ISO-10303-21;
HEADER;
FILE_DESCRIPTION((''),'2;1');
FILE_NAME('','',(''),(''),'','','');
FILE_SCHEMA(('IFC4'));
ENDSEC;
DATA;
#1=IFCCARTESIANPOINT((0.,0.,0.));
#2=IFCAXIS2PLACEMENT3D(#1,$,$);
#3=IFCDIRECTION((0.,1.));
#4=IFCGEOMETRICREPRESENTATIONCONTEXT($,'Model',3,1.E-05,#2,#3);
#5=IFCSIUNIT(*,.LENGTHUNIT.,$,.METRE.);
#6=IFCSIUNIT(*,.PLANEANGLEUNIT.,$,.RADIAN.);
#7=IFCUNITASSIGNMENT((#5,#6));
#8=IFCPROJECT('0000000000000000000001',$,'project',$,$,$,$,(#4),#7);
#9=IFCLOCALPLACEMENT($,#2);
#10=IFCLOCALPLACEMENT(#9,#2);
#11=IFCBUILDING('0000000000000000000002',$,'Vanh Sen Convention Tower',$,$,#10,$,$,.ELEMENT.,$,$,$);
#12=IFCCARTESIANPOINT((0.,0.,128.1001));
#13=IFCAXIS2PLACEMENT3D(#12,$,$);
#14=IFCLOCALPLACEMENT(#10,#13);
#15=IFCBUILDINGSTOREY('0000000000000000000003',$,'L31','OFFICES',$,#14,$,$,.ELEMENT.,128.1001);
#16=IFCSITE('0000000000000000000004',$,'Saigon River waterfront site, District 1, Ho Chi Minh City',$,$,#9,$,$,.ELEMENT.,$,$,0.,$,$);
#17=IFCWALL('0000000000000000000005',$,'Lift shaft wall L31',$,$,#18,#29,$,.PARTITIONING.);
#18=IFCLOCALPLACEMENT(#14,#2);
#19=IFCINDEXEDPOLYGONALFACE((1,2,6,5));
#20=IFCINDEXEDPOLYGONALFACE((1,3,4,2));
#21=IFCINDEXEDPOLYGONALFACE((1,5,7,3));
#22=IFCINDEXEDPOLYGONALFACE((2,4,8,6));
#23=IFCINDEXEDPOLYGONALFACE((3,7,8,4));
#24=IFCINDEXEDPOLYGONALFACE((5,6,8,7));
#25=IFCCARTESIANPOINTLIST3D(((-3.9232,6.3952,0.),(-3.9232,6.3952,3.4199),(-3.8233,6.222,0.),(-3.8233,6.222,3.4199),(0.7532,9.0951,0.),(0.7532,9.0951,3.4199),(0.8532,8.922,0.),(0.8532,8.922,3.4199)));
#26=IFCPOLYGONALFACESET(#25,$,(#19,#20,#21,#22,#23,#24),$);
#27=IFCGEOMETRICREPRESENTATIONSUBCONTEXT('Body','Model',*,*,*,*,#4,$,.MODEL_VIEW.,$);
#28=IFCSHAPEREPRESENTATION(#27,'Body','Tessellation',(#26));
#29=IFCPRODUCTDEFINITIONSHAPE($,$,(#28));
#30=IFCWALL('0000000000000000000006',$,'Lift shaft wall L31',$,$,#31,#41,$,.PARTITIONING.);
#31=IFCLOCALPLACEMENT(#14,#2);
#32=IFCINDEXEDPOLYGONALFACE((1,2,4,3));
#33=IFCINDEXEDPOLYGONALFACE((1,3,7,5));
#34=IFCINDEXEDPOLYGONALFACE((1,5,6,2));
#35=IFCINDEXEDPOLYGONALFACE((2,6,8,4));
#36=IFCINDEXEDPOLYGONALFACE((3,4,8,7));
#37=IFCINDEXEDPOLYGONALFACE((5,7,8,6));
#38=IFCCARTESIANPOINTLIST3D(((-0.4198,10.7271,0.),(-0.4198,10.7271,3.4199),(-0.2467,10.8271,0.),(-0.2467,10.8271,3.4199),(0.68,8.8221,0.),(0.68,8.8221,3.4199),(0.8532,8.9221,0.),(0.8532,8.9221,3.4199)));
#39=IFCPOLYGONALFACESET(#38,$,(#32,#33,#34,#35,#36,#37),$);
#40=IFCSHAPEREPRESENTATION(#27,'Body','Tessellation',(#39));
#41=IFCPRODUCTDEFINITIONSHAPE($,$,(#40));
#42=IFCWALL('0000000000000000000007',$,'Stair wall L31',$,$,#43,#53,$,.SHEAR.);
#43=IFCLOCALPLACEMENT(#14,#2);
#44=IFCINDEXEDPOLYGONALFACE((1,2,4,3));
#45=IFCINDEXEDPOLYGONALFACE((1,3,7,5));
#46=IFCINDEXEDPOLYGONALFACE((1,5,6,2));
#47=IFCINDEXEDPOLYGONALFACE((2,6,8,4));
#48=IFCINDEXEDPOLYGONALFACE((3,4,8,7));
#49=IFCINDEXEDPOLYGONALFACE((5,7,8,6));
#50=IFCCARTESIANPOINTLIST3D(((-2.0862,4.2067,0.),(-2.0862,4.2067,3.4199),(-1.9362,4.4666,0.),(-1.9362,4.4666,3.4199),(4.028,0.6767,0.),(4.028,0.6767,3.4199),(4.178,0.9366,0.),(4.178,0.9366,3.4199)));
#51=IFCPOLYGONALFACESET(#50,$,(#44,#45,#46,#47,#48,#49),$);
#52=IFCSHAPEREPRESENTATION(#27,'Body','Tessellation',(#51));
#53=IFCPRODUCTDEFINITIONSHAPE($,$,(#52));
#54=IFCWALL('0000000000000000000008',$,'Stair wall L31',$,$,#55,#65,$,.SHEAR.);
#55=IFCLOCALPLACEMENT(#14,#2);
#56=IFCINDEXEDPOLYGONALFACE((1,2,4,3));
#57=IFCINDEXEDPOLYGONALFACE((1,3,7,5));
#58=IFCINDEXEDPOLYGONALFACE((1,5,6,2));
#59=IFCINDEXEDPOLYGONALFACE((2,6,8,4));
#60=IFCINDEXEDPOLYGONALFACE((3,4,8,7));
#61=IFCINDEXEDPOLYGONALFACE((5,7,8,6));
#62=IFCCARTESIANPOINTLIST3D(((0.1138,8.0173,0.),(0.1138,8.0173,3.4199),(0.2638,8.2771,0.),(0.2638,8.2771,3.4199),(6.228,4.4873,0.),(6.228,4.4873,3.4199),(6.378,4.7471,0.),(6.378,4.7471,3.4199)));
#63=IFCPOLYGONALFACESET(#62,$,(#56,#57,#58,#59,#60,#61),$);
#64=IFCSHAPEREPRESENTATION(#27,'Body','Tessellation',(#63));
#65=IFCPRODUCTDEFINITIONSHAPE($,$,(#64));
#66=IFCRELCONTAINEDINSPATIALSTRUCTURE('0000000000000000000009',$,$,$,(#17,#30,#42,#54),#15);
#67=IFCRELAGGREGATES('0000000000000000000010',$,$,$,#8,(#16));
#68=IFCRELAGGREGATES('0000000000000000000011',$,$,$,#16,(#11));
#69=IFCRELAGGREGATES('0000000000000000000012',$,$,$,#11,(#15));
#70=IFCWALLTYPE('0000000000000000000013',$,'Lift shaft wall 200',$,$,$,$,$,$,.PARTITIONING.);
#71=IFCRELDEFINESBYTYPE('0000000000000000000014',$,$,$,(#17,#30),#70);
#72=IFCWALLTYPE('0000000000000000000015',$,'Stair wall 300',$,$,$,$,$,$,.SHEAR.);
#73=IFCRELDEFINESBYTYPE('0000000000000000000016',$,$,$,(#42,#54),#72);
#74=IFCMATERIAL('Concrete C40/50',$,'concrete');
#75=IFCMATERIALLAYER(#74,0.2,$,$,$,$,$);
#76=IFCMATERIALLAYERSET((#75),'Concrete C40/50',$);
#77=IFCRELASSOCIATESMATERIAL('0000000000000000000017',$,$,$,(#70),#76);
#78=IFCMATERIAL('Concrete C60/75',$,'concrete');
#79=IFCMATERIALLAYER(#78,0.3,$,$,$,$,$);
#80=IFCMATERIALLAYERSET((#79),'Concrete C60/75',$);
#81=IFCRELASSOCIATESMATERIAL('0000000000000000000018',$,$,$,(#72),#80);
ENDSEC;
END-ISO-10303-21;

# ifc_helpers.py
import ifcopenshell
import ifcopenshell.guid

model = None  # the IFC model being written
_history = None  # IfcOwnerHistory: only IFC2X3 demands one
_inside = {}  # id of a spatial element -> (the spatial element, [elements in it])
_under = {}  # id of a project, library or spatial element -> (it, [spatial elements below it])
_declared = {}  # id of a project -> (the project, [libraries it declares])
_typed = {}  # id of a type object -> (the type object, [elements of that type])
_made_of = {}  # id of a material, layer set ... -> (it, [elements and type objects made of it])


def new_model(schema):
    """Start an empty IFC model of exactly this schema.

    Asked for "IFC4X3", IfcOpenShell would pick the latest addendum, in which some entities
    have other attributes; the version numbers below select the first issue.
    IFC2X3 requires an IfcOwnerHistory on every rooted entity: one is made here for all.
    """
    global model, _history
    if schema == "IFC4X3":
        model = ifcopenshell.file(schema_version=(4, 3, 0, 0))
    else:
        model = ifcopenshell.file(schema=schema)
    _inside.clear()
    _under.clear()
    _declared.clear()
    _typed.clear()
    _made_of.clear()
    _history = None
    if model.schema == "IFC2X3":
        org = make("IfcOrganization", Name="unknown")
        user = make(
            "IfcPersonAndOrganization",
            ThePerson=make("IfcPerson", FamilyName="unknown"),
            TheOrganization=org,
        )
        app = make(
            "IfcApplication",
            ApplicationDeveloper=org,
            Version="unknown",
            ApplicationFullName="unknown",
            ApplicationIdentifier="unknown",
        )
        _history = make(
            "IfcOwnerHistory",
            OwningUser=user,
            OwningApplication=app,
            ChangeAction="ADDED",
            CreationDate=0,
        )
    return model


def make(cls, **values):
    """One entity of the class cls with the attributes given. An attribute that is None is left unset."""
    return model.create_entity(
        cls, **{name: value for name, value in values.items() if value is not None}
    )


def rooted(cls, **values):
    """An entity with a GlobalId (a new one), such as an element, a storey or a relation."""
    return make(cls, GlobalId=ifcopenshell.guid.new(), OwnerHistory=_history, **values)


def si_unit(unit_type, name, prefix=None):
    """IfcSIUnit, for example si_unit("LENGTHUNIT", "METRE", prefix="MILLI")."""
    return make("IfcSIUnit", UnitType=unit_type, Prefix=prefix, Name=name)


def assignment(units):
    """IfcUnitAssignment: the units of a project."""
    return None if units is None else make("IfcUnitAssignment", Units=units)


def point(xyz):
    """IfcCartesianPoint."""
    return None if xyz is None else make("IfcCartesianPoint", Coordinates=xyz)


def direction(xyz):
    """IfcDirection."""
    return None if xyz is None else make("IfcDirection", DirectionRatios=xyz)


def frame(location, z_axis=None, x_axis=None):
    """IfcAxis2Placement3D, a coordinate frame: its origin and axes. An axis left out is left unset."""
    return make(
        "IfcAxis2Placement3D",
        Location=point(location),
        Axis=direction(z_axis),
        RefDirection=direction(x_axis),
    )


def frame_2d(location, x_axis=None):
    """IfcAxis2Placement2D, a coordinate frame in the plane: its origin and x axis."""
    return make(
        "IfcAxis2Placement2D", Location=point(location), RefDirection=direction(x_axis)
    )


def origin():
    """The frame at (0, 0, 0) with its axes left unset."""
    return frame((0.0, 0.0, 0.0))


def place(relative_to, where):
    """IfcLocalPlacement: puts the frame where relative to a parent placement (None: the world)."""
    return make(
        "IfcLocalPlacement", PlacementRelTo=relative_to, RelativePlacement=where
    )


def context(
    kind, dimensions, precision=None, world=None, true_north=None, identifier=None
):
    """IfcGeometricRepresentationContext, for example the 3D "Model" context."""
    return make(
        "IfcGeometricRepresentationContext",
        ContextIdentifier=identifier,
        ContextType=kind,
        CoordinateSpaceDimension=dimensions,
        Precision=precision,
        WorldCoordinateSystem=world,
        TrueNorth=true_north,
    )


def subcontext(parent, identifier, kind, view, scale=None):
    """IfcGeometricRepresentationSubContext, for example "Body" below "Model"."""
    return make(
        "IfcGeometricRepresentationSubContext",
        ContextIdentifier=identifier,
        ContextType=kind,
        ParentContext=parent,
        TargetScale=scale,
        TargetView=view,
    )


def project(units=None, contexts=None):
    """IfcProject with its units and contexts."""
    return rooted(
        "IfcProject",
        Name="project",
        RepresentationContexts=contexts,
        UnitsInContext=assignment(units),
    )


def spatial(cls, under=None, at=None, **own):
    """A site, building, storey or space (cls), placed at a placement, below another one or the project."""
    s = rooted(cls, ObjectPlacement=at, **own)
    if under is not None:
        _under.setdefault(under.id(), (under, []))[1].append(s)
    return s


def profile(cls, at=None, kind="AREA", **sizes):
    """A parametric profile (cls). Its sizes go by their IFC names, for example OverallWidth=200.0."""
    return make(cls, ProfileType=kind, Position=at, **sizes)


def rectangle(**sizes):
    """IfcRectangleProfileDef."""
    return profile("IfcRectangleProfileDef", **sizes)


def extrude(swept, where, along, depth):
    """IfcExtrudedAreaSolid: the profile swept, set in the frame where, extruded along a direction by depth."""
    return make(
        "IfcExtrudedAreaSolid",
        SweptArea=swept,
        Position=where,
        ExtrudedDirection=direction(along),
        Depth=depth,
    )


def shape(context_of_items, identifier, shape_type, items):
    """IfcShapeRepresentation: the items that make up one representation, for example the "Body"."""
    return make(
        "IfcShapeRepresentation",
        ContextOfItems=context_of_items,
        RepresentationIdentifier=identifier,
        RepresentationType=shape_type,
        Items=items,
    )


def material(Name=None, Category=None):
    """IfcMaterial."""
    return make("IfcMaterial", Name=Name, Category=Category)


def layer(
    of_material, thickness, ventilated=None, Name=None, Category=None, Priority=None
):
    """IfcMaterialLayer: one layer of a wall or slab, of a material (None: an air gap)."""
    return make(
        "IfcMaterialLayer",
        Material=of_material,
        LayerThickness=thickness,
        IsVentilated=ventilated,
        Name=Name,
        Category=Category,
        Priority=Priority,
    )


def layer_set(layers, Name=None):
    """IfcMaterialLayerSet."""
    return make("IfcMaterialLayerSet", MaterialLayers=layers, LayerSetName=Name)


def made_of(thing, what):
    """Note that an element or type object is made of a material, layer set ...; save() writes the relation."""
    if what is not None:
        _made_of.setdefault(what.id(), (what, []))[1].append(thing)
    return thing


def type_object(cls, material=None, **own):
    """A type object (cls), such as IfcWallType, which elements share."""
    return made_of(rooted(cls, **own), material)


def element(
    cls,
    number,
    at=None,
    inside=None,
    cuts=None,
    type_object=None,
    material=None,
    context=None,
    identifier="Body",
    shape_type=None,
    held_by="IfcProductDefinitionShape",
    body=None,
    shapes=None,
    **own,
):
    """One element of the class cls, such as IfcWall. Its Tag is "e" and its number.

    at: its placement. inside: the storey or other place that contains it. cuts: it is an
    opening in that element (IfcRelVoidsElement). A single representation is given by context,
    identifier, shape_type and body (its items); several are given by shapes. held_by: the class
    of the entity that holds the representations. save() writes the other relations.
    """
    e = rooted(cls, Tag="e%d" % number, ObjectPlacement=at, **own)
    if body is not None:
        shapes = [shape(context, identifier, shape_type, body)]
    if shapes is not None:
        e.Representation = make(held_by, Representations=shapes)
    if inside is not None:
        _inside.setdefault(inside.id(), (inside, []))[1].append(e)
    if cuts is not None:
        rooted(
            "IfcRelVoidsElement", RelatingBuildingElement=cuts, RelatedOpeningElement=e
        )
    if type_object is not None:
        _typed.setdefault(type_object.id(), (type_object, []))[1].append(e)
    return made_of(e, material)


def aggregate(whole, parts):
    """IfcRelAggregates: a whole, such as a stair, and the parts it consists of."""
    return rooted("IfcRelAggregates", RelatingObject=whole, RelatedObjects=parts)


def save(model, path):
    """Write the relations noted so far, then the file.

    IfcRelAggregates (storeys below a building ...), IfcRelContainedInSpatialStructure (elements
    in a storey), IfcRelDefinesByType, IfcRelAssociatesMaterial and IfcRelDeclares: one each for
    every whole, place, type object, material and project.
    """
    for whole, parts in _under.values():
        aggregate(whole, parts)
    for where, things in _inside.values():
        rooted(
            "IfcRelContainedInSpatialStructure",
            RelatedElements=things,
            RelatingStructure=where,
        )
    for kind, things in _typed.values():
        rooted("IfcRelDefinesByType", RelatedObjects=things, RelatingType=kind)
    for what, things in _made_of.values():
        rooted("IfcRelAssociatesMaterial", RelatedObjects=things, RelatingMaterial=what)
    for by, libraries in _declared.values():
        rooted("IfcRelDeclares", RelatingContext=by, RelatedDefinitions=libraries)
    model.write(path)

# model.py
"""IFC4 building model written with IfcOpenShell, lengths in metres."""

from ifc_helpers import new_model, si_unit, direction, frame, frame_2d, origin, place, context, subcontext, project, spatial, rectangle, extrude, material, layer, layer_set, type_object, element, save


model = new_model("IFC4")

# Units and contexts
model_context = context("Model", 3, precision=1e-05, world=origin(), true_north=direction((0.0, 1.0)))
body_context = subcontext(model_context, "Body", "Model", "MODEL_VIEW")
ifc_project = project(units=[si_unit("LENGTHUNIT", "METRE"), si_unit("PLANEANGLEUNIT", "RADIAN")], contexts=[model_context])

# Site, building, storey
site_placement = place(None, origin())
site = spatial("IfcSite", under=ifc_project, at=site_placement, Name="Saigon River waterfront site, District 1, Ho Chi Minh City", CompositionType="ELEMENT", RefElevation=0.0)
building_placement = place(site_placement, origin())
building = spatial("IfcBuilding", under=site, at=building_placement, Name="Vanh Sen Convention Tower", CompositionType="ELEMENT")
storey_placement = place(building_placement, frame((0.0, 0.0, 128.1001)))
storey = spatial("IfcBuildingStorey", under=building, at=storey_placement, Name="L31", Description="OFFICES", CompositionType="ELEMENT", Elevation=128.1001)

# Shared definitions
ifc_material_1 = material(Name="Concrete C60/75", Category="concrete")

# Walls
ifc_material_2 = material(Name="Concrete C40/50", Category="concrete")
ifc_layer_1 = layer(ifc_material_2, 0.2)
ifc_layer_set_1 = layer_set([ifc_layer_1], Name="Concrete C40/50")
wall_type_1 = type_object("IfcWallType", Name="Lift shaft wall 200", PredefinedType="PARTITIONING", material=ifc_layer_set_1)
wall_1_placement = place(storey_placement, frame((0.8032, 9.0085, 0.0), z_axis=(0.0, 0.0, 1.0), x_axis=(-0.866028, -0.499995, 0.0)))
element("IfcWall", 1, at=wall_1_placement, inside=storey, type_object=wall_type_1, Name="Lift shaft wall L31", PredefinedType="PARTITIONING", context=body_context, shape_type="SweptSolid", body=[
    extrude(rectangle(XDim=5.3999, YDim=0.2, at=frame_2d((2.7, 0.0))), origin(), (0.0, 0.0, 1.0), 3.4199),
])
wall_2_placement = place(storey_placement, frame((0.7666, 8.8721, 0.0), z_axis=(0.0, 0.0, 1.0), x_axis=(-0.499995, 0.866028, 0.0)))
element("IfcWall", 2, at=wall_2_placement, inside=storey, type_object=wall_type_1, Name="Lift shaft wall L31", PredefinedType="PARTITIONING", context=body_context, shape_type="SweptSolid", body=[
    extrude(rectangle(XDim=2.1997, YDim=0.2, at=frame_2d((1.0999, 0.0))), origin(), (0.0, 0.0, 1.0), 3.4199),
])
ifc_layer_2 = layer(ifc_material_1, 0.3)
ifc_layer_set_2 = layer_set([ifc_layer_2], Name="Concrete C60/75")
wall_type_2 = type_object("IfcWallType", Name="Stair wall 300", PredefinedType="SHEAR", material=ifc_layer_set_2)
for number, where, z_axis, x_axis, name in (
    (3, (4.103, 0.8066, 0.0), (0.0, 0.0, 1.0), (-0.866028, 0.499996, 0.0), "Stair wall L31"),
    (4, (6.303, 4.6172, 0.0), (0.0, 0.0, 1.0), (-0.866028, 0.499996, 0.0), "Stair wall L31"),
):
    element("IfcWall", number, at=place(storey_placement, frame(where, z_axis=z_axis, x_axis=x_axis)), inside=storey, type_object=wall_type_2, Name=name, PredefinedType="SHEAR", context=body_context, shape_type="SweptSolid", body=[
        extrude(rectangle(XDim=7.0601, YDim=0.3, at=frame_2d((3.53, 0.0))), origin(), (0.0, 0.0, 1.0), 3.4199),
    ])

save(model, "model.ifc")
